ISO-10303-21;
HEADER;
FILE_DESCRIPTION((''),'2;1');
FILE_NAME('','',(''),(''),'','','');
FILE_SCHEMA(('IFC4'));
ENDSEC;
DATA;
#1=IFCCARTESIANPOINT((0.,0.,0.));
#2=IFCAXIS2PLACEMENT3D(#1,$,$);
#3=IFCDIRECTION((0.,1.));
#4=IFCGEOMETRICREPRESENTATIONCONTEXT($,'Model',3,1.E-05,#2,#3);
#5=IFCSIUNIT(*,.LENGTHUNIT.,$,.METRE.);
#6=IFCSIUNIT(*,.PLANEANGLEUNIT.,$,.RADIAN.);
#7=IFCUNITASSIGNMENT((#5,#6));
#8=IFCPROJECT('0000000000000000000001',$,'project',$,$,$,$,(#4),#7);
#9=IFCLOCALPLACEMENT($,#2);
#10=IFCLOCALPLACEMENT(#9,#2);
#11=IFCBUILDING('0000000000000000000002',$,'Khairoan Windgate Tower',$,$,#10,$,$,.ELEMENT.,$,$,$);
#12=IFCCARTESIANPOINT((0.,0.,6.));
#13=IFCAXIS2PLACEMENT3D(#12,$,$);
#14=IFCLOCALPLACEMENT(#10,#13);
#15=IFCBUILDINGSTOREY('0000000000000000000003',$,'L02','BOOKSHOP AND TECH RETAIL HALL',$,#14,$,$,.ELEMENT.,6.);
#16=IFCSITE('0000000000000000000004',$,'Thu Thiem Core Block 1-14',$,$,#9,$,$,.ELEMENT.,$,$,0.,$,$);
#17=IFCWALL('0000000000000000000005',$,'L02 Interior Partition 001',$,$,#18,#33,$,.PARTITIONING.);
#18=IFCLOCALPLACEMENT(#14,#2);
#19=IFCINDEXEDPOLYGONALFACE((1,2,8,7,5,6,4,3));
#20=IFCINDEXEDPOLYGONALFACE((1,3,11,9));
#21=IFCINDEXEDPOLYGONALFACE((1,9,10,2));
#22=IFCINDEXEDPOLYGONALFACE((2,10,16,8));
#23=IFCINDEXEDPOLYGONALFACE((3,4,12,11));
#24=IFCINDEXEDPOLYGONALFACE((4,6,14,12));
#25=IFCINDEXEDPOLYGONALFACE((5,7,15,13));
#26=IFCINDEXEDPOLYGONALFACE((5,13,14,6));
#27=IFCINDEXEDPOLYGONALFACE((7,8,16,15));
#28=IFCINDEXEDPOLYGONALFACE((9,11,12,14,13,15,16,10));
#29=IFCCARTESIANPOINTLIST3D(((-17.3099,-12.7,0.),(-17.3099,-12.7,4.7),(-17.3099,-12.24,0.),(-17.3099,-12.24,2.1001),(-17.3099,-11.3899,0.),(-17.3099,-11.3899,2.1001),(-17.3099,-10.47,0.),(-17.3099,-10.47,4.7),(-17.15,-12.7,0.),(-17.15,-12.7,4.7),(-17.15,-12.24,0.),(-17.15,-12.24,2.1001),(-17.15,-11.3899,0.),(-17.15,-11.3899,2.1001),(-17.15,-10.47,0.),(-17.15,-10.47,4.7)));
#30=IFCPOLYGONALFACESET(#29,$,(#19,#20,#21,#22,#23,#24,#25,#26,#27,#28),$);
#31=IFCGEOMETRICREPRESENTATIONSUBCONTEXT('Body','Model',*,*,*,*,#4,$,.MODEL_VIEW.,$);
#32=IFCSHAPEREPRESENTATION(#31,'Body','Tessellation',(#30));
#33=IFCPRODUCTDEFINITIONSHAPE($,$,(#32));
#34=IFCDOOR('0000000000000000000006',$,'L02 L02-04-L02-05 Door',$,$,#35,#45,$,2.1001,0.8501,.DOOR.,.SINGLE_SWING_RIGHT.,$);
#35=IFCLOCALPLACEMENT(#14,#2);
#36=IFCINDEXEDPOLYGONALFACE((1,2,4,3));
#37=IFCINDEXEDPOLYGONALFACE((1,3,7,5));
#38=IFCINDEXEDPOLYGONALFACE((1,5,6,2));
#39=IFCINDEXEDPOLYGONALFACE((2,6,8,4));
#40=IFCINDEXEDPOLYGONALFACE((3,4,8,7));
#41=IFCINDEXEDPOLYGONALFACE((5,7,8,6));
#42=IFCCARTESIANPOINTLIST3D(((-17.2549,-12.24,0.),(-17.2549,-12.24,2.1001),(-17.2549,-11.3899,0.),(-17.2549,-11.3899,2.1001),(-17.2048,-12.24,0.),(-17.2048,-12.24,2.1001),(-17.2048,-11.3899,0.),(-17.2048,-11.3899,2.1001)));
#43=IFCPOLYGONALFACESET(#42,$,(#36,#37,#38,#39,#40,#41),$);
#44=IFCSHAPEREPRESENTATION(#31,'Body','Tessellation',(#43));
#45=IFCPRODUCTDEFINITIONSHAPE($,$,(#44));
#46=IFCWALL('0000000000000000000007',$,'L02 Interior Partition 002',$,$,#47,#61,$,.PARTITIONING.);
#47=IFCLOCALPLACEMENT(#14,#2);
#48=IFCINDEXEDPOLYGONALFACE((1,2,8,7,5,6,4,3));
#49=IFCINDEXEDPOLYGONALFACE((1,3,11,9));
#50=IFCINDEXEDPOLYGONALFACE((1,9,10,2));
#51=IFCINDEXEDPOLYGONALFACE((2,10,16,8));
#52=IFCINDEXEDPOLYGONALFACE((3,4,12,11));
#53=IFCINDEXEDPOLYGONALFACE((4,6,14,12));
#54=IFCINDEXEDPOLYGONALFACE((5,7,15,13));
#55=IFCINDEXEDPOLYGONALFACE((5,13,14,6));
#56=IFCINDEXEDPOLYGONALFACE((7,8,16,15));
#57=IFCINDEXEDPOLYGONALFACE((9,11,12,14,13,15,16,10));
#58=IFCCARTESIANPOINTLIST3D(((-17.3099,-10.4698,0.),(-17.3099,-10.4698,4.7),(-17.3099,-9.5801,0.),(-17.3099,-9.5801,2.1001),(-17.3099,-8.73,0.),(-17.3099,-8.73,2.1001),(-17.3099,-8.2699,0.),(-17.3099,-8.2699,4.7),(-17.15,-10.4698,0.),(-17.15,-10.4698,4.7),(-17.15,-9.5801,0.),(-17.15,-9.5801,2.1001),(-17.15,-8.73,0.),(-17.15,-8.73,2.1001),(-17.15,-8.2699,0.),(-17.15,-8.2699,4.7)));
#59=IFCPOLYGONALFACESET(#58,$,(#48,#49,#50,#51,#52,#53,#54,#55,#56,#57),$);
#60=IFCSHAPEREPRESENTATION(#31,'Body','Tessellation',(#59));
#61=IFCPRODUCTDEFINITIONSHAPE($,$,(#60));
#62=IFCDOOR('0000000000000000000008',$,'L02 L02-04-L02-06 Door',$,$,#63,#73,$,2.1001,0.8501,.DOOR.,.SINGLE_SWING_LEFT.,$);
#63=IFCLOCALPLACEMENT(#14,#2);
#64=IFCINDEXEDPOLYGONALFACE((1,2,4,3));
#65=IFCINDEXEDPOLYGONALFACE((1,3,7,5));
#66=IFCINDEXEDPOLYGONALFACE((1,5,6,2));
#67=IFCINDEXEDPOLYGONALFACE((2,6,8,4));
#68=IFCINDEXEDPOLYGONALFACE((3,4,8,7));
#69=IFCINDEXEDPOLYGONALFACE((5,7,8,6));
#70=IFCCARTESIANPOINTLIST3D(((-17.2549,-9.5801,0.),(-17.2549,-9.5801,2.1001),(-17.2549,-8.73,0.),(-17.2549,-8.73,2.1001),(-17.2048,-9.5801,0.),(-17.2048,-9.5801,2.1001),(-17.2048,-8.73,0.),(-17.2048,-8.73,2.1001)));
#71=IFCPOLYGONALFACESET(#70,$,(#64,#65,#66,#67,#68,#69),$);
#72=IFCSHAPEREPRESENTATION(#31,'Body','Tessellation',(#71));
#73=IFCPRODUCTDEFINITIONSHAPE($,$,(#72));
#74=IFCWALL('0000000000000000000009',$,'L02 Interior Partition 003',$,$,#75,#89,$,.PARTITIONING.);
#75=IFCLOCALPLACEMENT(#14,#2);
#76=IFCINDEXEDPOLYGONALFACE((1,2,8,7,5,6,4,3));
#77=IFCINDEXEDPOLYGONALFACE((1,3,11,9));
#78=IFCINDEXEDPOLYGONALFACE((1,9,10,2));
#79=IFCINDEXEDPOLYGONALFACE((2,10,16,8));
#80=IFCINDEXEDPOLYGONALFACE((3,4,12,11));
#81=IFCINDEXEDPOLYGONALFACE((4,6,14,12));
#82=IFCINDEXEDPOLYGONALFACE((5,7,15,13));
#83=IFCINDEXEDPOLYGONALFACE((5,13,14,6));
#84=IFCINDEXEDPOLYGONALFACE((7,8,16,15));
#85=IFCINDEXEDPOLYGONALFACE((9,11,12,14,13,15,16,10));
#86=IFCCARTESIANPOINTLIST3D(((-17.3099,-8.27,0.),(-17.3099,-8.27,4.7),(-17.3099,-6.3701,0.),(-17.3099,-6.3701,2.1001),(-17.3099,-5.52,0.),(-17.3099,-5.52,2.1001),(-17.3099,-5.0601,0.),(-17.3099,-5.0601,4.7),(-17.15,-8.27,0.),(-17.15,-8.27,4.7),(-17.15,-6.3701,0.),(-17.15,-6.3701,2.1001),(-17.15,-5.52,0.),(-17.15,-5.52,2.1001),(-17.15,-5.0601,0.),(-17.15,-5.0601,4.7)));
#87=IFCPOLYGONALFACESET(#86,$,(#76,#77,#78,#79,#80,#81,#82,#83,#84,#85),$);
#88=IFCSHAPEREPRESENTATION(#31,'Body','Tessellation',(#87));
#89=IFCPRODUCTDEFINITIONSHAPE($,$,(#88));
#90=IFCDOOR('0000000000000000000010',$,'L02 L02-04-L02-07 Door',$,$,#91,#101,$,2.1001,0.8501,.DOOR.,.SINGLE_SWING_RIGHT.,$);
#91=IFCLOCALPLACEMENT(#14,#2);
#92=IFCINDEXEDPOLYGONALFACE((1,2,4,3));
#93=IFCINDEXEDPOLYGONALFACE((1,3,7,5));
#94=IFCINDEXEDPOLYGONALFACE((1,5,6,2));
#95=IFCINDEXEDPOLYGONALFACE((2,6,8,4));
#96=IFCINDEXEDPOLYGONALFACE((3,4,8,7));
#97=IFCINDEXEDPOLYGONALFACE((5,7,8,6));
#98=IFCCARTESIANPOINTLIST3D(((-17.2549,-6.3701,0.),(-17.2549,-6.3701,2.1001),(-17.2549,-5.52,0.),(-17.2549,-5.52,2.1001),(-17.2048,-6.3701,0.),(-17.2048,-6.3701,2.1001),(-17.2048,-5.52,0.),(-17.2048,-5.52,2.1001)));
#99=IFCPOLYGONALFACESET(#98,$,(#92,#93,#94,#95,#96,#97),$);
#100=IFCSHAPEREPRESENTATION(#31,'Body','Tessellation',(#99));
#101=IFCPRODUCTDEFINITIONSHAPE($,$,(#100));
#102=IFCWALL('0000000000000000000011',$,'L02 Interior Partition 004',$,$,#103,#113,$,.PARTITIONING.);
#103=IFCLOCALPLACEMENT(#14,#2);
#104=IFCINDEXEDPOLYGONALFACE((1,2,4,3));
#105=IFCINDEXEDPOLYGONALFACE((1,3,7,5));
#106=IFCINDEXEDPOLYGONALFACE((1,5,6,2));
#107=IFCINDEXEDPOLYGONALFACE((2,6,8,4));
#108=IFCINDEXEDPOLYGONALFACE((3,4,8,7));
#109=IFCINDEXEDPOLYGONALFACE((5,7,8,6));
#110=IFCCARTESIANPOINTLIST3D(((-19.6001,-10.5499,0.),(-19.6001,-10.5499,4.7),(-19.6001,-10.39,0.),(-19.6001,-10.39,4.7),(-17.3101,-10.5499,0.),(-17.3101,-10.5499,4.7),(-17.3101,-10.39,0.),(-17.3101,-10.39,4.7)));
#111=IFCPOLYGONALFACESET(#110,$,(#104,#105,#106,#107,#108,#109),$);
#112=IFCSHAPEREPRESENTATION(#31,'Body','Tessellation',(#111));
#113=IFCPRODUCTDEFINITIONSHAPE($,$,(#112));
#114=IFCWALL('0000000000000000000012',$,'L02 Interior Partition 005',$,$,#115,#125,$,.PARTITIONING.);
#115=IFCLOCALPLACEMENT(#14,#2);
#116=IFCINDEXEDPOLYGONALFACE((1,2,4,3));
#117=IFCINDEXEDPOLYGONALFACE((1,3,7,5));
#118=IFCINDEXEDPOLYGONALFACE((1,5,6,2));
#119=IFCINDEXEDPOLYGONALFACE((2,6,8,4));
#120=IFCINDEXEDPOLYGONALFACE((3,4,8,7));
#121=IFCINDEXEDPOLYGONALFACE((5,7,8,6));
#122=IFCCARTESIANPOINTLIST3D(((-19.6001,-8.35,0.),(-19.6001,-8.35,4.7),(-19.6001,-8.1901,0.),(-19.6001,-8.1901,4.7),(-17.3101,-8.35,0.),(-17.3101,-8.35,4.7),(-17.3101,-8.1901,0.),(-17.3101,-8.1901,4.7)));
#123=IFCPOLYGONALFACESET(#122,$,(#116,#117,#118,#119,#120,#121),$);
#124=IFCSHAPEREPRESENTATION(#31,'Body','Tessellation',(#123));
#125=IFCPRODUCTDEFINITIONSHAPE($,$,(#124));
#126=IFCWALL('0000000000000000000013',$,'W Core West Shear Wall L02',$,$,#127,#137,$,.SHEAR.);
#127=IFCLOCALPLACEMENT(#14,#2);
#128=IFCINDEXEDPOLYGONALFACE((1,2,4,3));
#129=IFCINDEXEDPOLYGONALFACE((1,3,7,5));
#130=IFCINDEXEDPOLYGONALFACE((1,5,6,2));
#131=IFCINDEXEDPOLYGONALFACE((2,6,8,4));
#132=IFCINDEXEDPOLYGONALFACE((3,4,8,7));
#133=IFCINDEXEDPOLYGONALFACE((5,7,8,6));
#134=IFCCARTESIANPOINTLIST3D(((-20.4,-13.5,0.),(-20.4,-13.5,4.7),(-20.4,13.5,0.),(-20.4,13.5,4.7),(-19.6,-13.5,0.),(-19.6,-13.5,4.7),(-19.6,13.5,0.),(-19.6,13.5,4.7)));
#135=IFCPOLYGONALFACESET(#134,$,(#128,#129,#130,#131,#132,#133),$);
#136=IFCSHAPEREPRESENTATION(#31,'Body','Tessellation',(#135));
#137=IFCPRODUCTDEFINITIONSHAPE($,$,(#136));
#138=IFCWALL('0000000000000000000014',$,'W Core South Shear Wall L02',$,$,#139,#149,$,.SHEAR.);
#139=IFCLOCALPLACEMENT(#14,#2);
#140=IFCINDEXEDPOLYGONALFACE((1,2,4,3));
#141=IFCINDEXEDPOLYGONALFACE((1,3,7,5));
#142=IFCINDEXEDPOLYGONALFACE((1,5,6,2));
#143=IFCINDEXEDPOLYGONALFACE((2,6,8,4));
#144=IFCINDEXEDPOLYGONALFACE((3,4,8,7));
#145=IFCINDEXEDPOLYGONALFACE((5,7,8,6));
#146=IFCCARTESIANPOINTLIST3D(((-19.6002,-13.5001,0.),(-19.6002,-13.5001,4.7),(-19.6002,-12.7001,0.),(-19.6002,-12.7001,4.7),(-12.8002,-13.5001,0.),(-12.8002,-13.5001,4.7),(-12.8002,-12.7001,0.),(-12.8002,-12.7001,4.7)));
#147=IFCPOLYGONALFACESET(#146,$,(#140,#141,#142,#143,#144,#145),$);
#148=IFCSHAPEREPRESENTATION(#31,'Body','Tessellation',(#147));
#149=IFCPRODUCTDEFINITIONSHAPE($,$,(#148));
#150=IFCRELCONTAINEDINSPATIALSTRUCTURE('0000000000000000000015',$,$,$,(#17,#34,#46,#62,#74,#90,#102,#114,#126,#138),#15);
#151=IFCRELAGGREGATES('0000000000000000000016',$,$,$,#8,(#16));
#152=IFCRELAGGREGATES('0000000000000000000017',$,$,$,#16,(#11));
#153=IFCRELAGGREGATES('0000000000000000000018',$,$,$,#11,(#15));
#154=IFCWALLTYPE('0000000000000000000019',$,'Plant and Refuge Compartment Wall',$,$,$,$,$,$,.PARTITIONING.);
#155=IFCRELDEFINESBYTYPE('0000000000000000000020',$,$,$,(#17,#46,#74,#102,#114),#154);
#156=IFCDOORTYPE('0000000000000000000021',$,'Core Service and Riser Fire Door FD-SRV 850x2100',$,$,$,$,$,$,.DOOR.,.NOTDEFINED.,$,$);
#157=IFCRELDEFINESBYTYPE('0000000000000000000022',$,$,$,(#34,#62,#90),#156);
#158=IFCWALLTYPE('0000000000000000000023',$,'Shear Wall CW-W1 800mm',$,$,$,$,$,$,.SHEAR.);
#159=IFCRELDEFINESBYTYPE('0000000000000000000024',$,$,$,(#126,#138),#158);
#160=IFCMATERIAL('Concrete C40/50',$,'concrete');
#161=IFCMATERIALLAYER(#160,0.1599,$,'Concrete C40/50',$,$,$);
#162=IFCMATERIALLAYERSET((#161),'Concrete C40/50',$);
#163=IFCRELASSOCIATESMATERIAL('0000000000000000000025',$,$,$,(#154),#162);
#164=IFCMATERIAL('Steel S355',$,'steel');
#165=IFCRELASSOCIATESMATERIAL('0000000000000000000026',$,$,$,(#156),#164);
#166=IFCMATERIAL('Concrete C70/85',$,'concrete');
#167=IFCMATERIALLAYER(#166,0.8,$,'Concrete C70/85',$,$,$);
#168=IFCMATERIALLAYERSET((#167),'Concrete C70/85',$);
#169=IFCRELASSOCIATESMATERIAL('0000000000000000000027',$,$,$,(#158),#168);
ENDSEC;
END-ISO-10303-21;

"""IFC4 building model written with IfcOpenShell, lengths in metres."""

from ifc_helpers import new_model, si_unit, direction, frame, frame_2d, origin, place, context, subcontext, project, spatial, rectangle, extrude, material, layer, layer_set, type_object, element, fill, save


model = new_model("IFC4")

# Units and contexts
model_context = context("Model", 3, precision=1e-05, world=origin(), true_north=direction((0.0, 1.0)))
body_context = subcontext(model_context, "Body", "Model", "MODEL_VIEW")
ifc_project = project(units=[si_unit("LENGTHUNIT", "METRE"), si_unit("PLANEANGLEUNIT", "RADIAN")], contexts=[model_context])

# Site, building, storey
site_placement = place(None, origin())
site = spatial("IfcSite", under=ifc_project, at=site_placement, Name="Thu Thiem Core Block 1-14", CompositionType="ELEMENT", RefElevation=0.0)
building_placement = place(site_placement, origin())
building = spatial("IfcBuilding", under=site, at=building_placement, Name="Khairoan Windgate Tower", CompositionType="ELEMENT")
storey_placement = place(building_placement, frame((0.0, 0.0, 6.0)))
storey = spatial("IfcBuildingStorey", under=building, at=storey_placement, Name="L02", Description="BOOKSHOP AND TECH RETAIL HALL", CompositionType="ELEMENT", Elevation=6.0)

# Walls, openings, doors
ifc_material_1 = material(Name="Concrete C40/50", Category="concrete")
ifc_layer_1 = layer(ifc_material_1, 0.1599, Name="Concrete C40/50")
ifc_layer_set_1 = layer_set([ifc_layer_1], Name="Concrete C40/50")
wall_type_1 = type_object("IfcWallType", Name="Plant and Refuge Compartment Wall", PredefinedType="PARTITIONING", material=ifc_layer_set_1)
wall_1_placement = place(storey_placement, frame((-17.23, -12.7, 0.0), z_axis=(0.0, 0.0, 1.0), x_axis=(0.0, 1.0, 0.0)))
wall_1 = element("IfcWall", 1, at=wall_1_placement, inside=storey, type_object=wall_type_1, Name="L02 Interior Partition 001", PredefinedType="PARTITIONING", context=body_context, shape_type="SweptSolid", body=[
    extrude(rectangle(XDim=2.23, YDim=0.1599, at=frame_2d((1.115, 0.0))), origin(), (0.0, 0.0, 1.0), 4.7),
])
opening_1_placement = place(wall_1_placement, frame((0.46, 0.0, 0.0)))
opening_1 = element("IfcOpeningElement", 2, at=opening_1_placement, cuts=wall_1, PredefinedType="OPENING", context=body_context, shape_type="SweptSolid", body=[
    extrude(rectangle(XDim=0.8501, YDim=2.1001, at=frame_2d((0.425, 1.05))), frame((0.0, 0.0898, 0.0), z_axis=(0.0, -1.0, 0.0), x_axis=(1.0, 0.0, 0.0)), (0.0, 0.0, 1.0), 0.1799),
])
ifc_material_2 = material(Name="Steel S355", Category="steel")
door_type_1 = type_object("IfcDoorType", Name="Core Service and Riser Fire Door FD-SRV 850x2100", OperationType="NOTDEFINED", PredefinedType="DOOR", material=ifc_material_2)
door_1_placement = place(opening_1_placement, origin())
door_1 = element("IfcDoor", 3, at=door_1_placement, inside=storey, type_object=door_type_1, Name="L02 L02-04-L02-05 Door", OperationType="SINGLE_SWING_RIGHT", OverallHeight=2.1001, OverallWidth=0.8501, PredefinedType="DOOR", context=body_context, shape_type="SweptSolid", body=[
    extrude(rectangle(XDim=0.8501, YDim=2.1001, at=frame_2d((0.425, 1.05))), frame((0.0, 0.0249, 0.0), z_axis=(0.0, -1.0, 0.0), x_axis=(1.0, 0.0, 0.0)), (0.0, 0.0, 1.0), 0.05),
])
fill(opening_1, door_1)
wall_2_placement = place(storey_placement, frame((-17.23, -10.47, 0.0), z_axis=(0.0, 0.0, 1.0), x_axis=(0.0, 1.0, 0.0)))
wall_2 = element("IfcWall", 4, at=wall_2_placement, inside=storey, type_object=wall_type_1, Name="L02 Interior Partition 002", PredefinedType="PARTITIONING", context=body_context, shape_type="SweptSolid", body=[
    extrude(rectangle(XDim=2.2, YDim=0.1599, at=frame_2d((1.1001, 0.0))), origin(), (0.0, 0.0, 1.0), 4.7),
])
opening_2_placement = place(wall_2_placement, frame((0.8899, 0.0, 0.0)))
opening_2 = element("IfcOpeningElement", 5, at=opening_2_placement, cuts=wall_2, PredefinedType="OPENING", context=body_context, shape_type="SweptSolid", body=[
    extrude(rectangle(XDim=0.8501, YDim=2.1001, at=frame_2d((0.425, 1.05))), frame((0.0, 0.0898, 0.0), z_axis=(0.0, -1.0, 0.0), x_axis=(1.0, 0.0, 0.0)), (0.0, 0.0, 1.0), 0.1799),
])
door_2_placement = place(opening_2_placement, origin())
door_2 = element("IfcDoor", 6, at=door_2_placement, inside=storey, type_object=door_type_1, Name="L02 L02-04-L02-06 Door", OperationType="SINGLE_SWING_LEFT", OverallHeight=2.1001, OverallWidth=0.8501, PredefinedType="DOOR", context=body_context, shape_type="SweptSolid", body=[
    extrude(rectangle(XDim=0.8501, YDim=2.1001, at=frame_2d((0.425, 1.05))), frame((0.0, 0.0249, 0.0), z_axis=(0.0, -1.0, 0.0), x_axis=(1.0, 0.0, 0.0)), (0.0, 0.0, 1.0), 0.05),
])
fill(opening_2, door_2)
wall_3_placement = place(storey_placement, frame((-17.23, -8.27, 0.0), z_axis=(0.0, 0.0, 1.0), x_axis=(0.0, 1.0, 0.0)))
wall_3 = element("IfcWall", 7, at=wall_3_placement, inside=storey, type_object=wall_type_1, Name="L02 Interior Partition 003", PredefinedType="PARTITIONING", context=body_context, shape_type="SweptSolid", body=[
    extrude(rectangle(XDim=3.21, YDim=0.1599, at=frame_2d((1.605, 0.0))), origin(), (0.0, 0.0, 1.0), 4.7),
])
opening_3_placement = place(wall_3_placement, frame((1.8999, 0.0, 0.0)))
opening_3 = element("IfcOpeningElement", 8, at=opening_3_placement, cuts=wall_3, PredefinedType="OPENING", context=body_context, shape_type="SweptSolid", body=[
    extrude(rectangle(XDim=0.8501, YDim=2.1001, at=frame_2d((0.425, 1.05))), frame((0.0, 0.0898, 0.0), z_axis=(0.0, -1.0, 0.0), x_axis=(1.0, 0.0, 0.0)), (0.0, 0.0, 1.0), 0.1799),
])
door_3_placement = place(opening_3_placement, origin())
door_3 = element("IfcDoor", 9, at=door_3_placement, inside=storey, type_object=door_type_1, Name="L02 L02-04-L02-07 Door", OperationType="SINGLE_SWING_RIGHT", OverallHeight=2.1001, OverallWidth=0.8501, PredefinedType="DOOR", context=body_context, shape_type="SweptSolid", body=[
    extrude(rectangle(XDim=0.8501, YDim=2.1001, at=frame_2d((0.425, 1.05))), frame((0.0, 0.0249, 0.0), z_axis=(0.0, -1.0, 0.0), x_axis=(1.0, 0.0, 0.0)), (0.0, 0.0, 1.0), 0.05),
])
fill(opening_3, door_3)

# Walls
for number, where, z_axis, x_axis, name in (
    (10, (-19.6001, -10.47, 0.0), (0.0, 0.0, 1.0), (1.0, 0.0, 0.0), "L02 Interior Partition 004"),
    (11, (-19.6001, -8.27, 0.0), (0.0, 0.0, 1.0), (1.0, 0.0, 0.0), "L02 Interior Partition 005"),
):
    element("IfcWall", number, at=place(storey_placement, frame(where, z_axis=z_axis, x_axis=x_axis)), inside=storey, type_object=wall_type_1, Name=name, PredefinedType="PARTITIONING", context=body_context, shape_type="SweptSolid", body=[
        extrude(rectangle(XDim=2.29, YDim=0.1599, at=frame_2d((1.145, 0.0))), origin(), (0.0, 0.0, 1.0), 4.7),
    ])
ifc_material_3 = material(Name="Concrete C70/85", Category="concrete")
ifc_layer_2 = layer(ifc_material_3, 0.8, Name="Concrete C70/85")
ifc_layer_set_2 = layer_set([ifc_layer_2], Name="Concrete C70/85")
wall_type_2 = type_object("IfcWallType", Name="Shear Wall CW-W1 800mm", PredefinedType="SHEAR", material=ifc_layer_set_2)
wall_4_placement = place(storey_placement, frame((-20.0, -13.5, 0.0), z_axis=(0.0, 0.0, 1.0), x_axis=(0.0, 1.0, 0.0)))
element("IfcWall", 12, at=wall_4_placement, inside=storey, type_object=wall_type_2, Name="W Core West Shear Wall L02", PredefinedType="SHEAR", context=body_context, shape_type="SweptSolid", body=[
    extrude(rectangle(XDim=27.0, YDim=0.8, at=frame_2d((13.5, 0.0))), origin(), (0.0, 0.0, 1.0), 4.7),
])
wall_5_placement = place(storey_placement, frame((-19.6001, -13.1001, 0.0), z_axis=(0.0, 0.0, 1.0), x_axis=(1.0, 0.0, 0.0)))
element("IfcWall", 13, at=wall_5_placement, inside=storey, type_object=wall_type_2, Name="W Core South Shear Wall L02", PredefinedType="SHEAR", context=body_context, shape_type="SweptSolid", body=[
    extrude(rectangle(XDim=6.8, YDim=0.8, at=frame_2d((3.3999, 0.0))), origin(), (0.0, 0.0, 1.0), 4.7),
])

save(model, "model.ifc")
